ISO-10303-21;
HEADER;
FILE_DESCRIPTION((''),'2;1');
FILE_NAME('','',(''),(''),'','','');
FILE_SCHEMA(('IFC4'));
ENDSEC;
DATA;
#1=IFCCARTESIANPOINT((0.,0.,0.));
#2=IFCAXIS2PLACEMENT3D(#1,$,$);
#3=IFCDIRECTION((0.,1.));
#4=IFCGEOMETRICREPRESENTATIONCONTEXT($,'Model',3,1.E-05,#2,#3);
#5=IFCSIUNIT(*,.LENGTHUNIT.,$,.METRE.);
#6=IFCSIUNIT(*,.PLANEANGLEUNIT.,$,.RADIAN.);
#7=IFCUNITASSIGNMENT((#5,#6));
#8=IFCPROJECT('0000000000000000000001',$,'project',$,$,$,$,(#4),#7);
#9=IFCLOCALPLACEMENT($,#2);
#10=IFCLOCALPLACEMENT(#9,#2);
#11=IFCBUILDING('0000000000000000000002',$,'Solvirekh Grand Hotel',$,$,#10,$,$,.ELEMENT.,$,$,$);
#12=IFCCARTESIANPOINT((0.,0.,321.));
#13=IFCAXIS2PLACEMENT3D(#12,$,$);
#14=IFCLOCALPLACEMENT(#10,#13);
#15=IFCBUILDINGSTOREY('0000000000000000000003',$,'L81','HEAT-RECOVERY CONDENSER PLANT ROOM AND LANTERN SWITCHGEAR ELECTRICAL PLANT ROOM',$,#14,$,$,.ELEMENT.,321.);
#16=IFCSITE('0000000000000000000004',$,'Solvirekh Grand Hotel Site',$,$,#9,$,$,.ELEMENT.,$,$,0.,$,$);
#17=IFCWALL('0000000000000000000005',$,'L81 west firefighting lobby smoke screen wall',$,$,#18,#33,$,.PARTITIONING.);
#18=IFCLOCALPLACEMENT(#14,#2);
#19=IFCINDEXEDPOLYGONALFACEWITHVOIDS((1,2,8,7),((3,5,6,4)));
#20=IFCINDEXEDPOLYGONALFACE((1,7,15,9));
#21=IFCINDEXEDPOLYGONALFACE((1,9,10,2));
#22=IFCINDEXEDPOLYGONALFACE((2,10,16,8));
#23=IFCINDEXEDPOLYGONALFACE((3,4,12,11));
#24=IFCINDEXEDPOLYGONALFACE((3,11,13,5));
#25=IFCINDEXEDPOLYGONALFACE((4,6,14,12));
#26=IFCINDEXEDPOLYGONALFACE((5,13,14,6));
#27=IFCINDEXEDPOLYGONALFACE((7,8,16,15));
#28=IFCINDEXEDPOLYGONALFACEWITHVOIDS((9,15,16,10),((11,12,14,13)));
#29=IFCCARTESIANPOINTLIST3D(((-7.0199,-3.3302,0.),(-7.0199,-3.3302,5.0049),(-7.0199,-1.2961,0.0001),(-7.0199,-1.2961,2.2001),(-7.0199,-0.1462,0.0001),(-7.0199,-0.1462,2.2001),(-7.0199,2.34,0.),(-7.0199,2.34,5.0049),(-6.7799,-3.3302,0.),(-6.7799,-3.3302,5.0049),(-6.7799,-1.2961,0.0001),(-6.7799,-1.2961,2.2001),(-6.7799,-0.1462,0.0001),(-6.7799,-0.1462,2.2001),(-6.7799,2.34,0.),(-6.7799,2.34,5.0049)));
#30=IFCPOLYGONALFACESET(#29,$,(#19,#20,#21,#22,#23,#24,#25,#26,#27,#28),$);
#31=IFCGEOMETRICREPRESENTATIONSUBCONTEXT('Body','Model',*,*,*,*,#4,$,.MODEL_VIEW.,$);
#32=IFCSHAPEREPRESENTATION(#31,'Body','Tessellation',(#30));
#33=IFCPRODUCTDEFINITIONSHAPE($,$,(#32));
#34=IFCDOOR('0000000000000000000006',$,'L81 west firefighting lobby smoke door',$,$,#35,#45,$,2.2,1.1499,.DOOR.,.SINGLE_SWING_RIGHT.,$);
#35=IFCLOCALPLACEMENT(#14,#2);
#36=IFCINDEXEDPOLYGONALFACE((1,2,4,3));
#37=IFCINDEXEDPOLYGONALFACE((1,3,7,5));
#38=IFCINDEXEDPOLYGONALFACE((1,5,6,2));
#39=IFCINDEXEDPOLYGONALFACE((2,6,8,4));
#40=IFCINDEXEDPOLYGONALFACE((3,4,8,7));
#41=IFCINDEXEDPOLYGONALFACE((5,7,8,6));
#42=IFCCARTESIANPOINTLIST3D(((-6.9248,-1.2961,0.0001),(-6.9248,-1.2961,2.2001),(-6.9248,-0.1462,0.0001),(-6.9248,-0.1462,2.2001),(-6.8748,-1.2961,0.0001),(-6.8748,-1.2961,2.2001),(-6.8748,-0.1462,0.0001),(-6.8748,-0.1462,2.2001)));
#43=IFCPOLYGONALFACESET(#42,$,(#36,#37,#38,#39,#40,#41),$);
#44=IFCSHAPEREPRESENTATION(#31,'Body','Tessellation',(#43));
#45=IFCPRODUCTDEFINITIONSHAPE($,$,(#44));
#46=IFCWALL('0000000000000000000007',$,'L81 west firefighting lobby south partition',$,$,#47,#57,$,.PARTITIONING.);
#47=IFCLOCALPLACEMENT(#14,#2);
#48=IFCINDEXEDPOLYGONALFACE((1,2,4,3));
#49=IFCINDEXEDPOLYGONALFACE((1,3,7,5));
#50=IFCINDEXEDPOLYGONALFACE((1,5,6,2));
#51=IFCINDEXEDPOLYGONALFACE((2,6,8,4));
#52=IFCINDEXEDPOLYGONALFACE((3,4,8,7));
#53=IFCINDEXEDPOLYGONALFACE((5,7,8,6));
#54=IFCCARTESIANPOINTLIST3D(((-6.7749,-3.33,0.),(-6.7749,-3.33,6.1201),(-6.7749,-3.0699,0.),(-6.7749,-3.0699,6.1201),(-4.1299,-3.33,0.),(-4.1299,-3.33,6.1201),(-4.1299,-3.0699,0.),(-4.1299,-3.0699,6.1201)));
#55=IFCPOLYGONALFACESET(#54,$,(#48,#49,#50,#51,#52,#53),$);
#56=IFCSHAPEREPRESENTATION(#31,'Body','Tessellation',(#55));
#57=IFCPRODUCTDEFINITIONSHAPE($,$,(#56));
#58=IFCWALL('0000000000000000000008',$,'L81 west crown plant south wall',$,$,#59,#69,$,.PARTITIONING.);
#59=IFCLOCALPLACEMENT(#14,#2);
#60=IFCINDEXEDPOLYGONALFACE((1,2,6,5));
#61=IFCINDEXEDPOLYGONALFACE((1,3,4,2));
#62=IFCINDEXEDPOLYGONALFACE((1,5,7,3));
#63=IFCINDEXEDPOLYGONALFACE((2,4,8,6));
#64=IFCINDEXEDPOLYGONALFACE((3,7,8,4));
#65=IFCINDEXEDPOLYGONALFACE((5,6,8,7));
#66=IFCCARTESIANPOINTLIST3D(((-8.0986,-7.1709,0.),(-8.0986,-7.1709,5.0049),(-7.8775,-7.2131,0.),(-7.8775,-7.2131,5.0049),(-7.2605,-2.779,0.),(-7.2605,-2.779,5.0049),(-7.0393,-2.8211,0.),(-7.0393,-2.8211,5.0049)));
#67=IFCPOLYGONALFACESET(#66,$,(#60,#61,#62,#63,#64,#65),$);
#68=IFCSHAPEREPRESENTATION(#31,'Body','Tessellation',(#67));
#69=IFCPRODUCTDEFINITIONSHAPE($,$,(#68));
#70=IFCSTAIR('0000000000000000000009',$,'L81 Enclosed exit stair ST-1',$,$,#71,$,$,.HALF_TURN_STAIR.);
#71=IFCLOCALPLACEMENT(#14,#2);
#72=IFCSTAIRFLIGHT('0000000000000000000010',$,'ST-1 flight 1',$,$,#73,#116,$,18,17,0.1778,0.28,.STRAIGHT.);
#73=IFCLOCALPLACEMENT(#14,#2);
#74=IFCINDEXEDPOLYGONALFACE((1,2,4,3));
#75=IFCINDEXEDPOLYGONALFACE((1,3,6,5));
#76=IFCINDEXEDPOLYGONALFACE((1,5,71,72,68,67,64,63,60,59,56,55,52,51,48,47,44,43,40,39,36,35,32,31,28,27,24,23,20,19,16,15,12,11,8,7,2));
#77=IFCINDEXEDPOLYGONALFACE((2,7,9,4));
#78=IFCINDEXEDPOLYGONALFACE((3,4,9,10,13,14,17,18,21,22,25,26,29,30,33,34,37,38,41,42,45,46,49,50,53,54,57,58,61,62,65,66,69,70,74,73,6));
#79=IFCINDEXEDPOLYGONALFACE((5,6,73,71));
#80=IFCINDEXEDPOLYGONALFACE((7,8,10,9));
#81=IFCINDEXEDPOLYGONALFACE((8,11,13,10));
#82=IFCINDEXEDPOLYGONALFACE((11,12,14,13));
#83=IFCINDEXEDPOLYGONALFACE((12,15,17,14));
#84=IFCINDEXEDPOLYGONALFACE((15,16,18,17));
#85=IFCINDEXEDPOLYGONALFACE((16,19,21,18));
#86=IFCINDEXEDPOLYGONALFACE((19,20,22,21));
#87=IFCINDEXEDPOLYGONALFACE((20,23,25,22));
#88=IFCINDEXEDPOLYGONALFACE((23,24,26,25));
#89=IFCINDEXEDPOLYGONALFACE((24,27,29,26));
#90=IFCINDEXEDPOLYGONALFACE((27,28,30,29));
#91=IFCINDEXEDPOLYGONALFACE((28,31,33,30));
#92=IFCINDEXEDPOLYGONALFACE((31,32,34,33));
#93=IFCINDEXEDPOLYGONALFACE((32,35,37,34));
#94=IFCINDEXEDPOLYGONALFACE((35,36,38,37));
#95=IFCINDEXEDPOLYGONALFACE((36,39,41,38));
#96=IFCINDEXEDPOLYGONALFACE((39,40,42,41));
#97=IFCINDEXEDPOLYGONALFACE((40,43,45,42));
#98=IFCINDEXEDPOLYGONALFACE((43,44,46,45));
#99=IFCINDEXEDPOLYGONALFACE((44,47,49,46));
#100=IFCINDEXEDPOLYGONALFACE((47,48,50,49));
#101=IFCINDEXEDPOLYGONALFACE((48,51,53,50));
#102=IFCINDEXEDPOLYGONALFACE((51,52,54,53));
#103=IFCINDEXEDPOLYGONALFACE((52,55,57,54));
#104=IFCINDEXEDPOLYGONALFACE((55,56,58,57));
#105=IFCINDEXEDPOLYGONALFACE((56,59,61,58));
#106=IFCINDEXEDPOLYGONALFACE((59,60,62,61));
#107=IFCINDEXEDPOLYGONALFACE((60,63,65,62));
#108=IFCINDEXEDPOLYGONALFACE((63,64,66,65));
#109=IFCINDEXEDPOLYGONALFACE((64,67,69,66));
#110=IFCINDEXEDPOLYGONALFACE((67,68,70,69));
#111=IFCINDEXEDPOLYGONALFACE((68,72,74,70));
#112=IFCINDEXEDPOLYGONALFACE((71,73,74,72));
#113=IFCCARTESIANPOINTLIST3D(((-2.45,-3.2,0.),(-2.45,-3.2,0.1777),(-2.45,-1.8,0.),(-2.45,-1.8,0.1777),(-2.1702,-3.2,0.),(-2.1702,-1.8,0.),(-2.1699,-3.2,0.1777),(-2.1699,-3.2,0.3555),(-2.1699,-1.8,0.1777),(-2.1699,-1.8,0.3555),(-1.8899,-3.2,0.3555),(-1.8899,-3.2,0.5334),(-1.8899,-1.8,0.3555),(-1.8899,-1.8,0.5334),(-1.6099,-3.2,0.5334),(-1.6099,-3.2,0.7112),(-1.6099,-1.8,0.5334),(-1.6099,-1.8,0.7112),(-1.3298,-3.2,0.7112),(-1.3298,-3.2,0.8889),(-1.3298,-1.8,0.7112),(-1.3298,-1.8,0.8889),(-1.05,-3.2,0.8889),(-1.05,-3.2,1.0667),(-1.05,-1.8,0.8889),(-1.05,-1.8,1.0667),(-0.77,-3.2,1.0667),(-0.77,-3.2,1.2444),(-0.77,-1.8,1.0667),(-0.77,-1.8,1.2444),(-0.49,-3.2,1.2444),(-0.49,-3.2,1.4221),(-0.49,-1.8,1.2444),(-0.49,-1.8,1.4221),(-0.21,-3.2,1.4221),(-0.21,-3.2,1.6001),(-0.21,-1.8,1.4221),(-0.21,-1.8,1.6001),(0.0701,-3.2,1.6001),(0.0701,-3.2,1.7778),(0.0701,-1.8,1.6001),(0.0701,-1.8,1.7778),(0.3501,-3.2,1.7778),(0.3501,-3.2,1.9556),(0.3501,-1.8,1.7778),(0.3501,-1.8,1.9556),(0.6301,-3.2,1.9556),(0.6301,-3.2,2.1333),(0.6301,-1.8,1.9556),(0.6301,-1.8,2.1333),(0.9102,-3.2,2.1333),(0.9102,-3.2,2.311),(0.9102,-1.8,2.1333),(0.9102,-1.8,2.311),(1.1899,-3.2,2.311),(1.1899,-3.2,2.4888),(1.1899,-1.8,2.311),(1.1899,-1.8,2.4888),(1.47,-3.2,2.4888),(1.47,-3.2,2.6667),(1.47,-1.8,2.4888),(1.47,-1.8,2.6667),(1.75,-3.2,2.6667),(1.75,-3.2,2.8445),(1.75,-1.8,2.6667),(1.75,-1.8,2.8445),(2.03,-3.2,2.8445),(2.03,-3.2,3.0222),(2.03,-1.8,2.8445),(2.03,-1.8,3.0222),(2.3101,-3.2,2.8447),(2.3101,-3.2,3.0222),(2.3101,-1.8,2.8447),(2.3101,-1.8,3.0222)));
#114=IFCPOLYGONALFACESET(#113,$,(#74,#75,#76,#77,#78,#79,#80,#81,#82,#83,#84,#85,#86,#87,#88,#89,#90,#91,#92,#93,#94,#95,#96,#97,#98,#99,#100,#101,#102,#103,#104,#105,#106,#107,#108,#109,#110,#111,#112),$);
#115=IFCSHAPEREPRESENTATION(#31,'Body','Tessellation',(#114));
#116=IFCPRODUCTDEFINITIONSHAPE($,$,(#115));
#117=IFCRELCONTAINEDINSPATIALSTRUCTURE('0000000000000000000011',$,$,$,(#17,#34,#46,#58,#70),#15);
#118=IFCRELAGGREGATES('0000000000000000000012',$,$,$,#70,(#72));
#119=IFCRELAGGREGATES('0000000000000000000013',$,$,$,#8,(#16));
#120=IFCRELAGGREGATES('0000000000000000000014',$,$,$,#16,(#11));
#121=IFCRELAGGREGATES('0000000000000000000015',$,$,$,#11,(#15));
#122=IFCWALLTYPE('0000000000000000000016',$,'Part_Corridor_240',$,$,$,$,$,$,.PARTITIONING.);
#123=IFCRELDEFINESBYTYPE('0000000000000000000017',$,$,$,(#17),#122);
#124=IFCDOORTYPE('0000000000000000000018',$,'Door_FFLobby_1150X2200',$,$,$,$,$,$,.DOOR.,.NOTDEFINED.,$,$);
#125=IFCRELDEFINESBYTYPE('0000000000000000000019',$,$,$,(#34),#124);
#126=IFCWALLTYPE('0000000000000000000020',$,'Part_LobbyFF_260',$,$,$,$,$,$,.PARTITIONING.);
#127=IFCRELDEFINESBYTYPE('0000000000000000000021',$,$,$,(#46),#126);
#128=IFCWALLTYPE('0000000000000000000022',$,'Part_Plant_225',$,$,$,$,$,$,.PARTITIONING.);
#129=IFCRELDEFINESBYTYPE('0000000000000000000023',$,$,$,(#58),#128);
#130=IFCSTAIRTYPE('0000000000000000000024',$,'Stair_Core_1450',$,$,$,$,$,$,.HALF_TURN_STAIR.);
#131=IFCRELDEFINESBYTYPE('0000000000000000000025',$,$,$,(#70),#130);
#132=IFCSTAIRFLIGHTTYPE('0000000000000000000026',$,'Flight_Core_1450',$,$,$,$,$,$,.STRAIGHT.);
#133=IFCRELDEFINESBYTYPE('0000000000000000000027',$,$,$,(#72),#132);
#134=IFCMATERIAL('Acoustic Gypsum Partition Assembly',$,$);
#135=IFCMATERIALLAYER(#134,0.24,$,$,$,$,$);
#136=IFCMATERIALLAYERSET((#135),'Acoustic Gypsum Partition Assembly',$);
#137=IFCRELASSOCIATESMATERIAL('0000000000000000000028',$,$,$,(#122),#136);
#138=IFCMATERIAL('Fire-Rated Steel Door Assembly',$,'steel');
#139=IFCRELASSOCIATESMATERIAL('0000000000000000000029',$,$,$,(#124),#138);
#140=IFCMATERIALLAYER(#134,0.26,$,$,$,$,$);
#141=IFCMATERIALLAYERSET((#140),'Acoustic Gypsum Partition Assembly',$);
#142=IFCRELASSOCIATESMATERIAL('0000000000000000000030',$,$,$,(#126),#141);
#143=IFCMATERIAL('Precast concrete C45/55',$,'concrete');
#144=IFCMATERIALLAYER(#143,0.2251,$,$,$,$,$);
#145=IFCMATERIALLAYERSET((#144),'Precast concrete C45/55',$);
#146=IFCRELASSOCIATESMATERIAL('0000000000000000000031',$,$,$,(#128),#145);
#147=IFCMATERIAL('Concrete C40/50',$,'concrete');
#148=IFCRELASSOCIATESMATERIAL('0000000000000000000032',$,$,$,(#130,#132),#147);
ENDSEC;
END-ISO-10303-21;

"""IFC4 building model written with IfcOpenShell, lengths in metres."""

from ifc_helpers import new_model, si_unit, direction, frame, frame_2d, origin, place, context, subcontext, project, spatial, polyline, rectangle, outline, extrude, material, layer, layer_set, type_object, element, fill, aggregate, save


model = new_model("IFC4")

# Units and contexts
model_context = context("Model", 3, precision=1e-05, world=origin(), true_north=direction((0.0, 1.0)))
body_context = subcontext(model_context, "Body", "Model", "MODEL_VIEW")
ifc_project = project(units=[si_unit("LENGTHUNIT", "METRE"), si_unit("PLANEANGLEUNIT", "RADIAN")], contexts=[model_context])

# Site, building, storey
site_placement = place(None, origin())
site = spatial("IfcSite", under=ifc_project, at=site_placement, Name="Solvirekh Grand Hotel Site", CompositionType="ELEMENT", RefElevation=0.0)
building_placement = place(site_placement, origin())
building = spatial("IfcBuilding", under=site, at=building_placement, Name="Solvirekh Grand Hotel", CompositionType="ELEMENT")
storey_placement = place(building_placement, frame((0.0, 0.0, 321.0)))
storey = spatial("IfcBuildingStorey", under=building, at=storey_placement, Name="L81", Description="HEAT-RECOVERY CONDENSER PLANT ROOM AND LANTERN SWITCHGEAR ELECTRICAL PLANT ROOM", CompositionType="ELEMENT", Elevation=321.0)

# Shared definitions
ifc_material_1 = material(Name="Concrete C40/50", Category="concrete")
ifc_material_2 = material(Name="Fire-Rated Steel Door Assembly", Category="steel")

# Wall, opening, door
ifc_material_3 = material(Name="Acoustic Gypsum Partition Assembly")
ifc_layer_1 = layer(ifc_material_3, 0.24)
ifc_layer_set_1 = layer_set([ifc_layer_1], Name="Acoustic Gypsum Partition Assembly")
wall_type_1 = type_object("IfcWallType", Name="Part_Corridor_240", PredefinedType="PARTITIONING", material=ifc_layer_set_1)
wall_1_placement = place(storey_placement, frame((-6.8999, -3.3301, 0.0), z_axis=(0.0, 0.0, 1.0), x_axis=(0.0, 1.0, 0.0)))
wall_1 = element("IfcWall", 1, at=wall_1_placement, inside=storey, type_object=wall_type_1, Name="L81 west firefighting lobby smoke screen wall", PredefinedType="PARTITIONING", context=body_context, shape_type="SweptSolid", body=[
    extrude(rectangle(XDim=5.6702, YDim=0.24, at=frame_2d((2.835, 0.0))), origin(), (0.0, 0.0, 1.0), 5.0049),
])
opening_1_placement = place(wall_1_placement, frame((2.0339, 0.0, 0.0)))
opening_1 = element("IfcOpeningElement", 2, at=opening_1_placement, cuts=wall_1, PredefinedType="OPENING", context=body_context, shape_type="SweptSolid", body=[
    extrude(rectangle(XDim=1.1499, YDim=2.2, at=frame_2d((0.575, 1.1001))), frame((0.0, 0.1299, 0.0), z_axis=(0.0, -1.0, 0.0), x_axis=(1.0, 0.0, 0.0)), (0.0, 0.0, 1.0), 0.26),
])
door_type_1 = type_object("IfcDoorType", Name="Door_FFLobby_1150X2200", OperationType="NOTDEFINED", PredefinedType="DOOR", material=ifc_material_2)
door_1_placement = place(opening_1_placement, origin())
door_1 = element("IfcDoor", 3, at=door_1_placement, inside=storey, type_object=door_type_1, Name="L81 west firefighting lobby smoke door", OperationType="SINGLE_SWING_RIGHT", OverallHeight=2.2, OverallWidth=1.1499, PredefinedType="DOOR", context=body_context, shape_type="SweptSolid", body=[
    extrude(rectangle(XDim=1.1499, YDim=2.2, at=frame_2d((0.575, 1.1001))), frame((0.0, 0.0249, 0.0), z_axis=(0.0, -1.0, 0.0), x_axis=(1.0, 0.0, 0.0)), (0.0, 0.0, 1.0), 0.05),
])
fill(opening_1, door_1)

# Walls
ifc_layer_2 = layer(ifc_material_3, 0.26)
ifc_layer_set_2 = layer_set([ifc_layer_2], Name="Acoustic Gypsum Partition Assembly")
wall_type_2 = type_object("IfcWallType", Name="Part_LobbyFF_260", PredefinedType="PARTITIONING", material=ifc_layer_set_2)
wall_2_placement = place(storey_placement, frame((-6.7749, -3.2, 0.0), z_axis=(0.0, 0.0, 1.0), x_axis=(1.0, 0.0, 0.0)))
element("IfcWall", 4, at=wall_2_placement, inside=storey, type_object=wall_type_2, Name="L81 west firefighting lobby south partition", PredefinedType="PARTITIONING", context=body_context, shape_type="SweptSolid", body=[
    extrude(rectangle(XDim=2.645, YDim=0.26, at=frame_2d((1.3225, 0.0))), origin(), (0.0, 0.0, 1.0), 6.1201),
])
ifc_material_4 = material(Name="Precast concrete C45/55", Category="concrete")
ifc_layer_3 = layer(ifc_material_4, 0.2251)
ifc_layer_set_3 = layer_set([ifc_layer_3], Name="Precast concrete C45/55")
wall_type_3 = type_object("IfcWallType", Name="Part_Plant_225", PredefinedType="PARTITIONING", material=ifc_layer_set_3)
wall_3_placement = place(storey_placement, frame((-7.1499, -2.8, 0.0), z_axis=(0.0, 0.0, 1.0), x_axis=(-0.187456, -0.982273, 0.0)))
element("IfcWall", 5, at=wall_3_placement, inside=storey, type_object=wall_type_3, Name="L81 west crown plant south wall", PredefinedType="PARTITIONING", context=body_context, shape_type="SweptSolid", body=[
    extrude(rectangle(XDim=4.4712, YDim=0.2251, at=frame_2d((2.2356, 0.0))), origin(), (0.0, 0.0, 1.0), 5.0049),
])

# Stair, stair flight
stair_type = type_object("IfcStairType", Name="Stair_Core_1450", PredefinedType="HALF_TURN_STAIR", material=ifc_material_1)
stair_placement = place(storey_placement, origin())
stair = element("IfcStair", 6, at=stair_placement, inside=storey, type_object=stair_type, Name="L81 Enclosed exit stair ST-1", PredefinedType="HALF_TURN_STAIR")
stair_flight_type = type_object("IfcStairFlightType", Name="Flight_Core_1450", PredefinedType="STRAIGHT", material=ifc_material_1)
stair_flight_placement = place(storey_placement, frame((-2.45, -2.5, 0.0), z_axis=(0.0, 0.0, 1.0), x_axis=(1.0, 0.0, 0.0)))
stair_flight = element("IfcStairFlight", 7, at=stair_flight_placement, type_object=stair_flight_type, Name="ST-1 flight 1", NumberOfRisers=18, NumberOfTreads=17, PredefinedType="STRAIGHT", RiserHeight=0.1778, TreadLength=0.28, context=body_context, shape_type="SweptSolid", body=[
    extrude(outline(polyline([(0.0, 0.0), (0.0, 0.1777), (0.28, 0.1777), (0.28, 0.3555), (0.5601, 0.3555), (0.5601, 0.5334), (0.8401, 0.5334), (0.8401, 0.7112), (1.1201, 0.7112), (1.1201, 0.8889), (1.3999, 0.8889), (1.3999, 1.0667), (1.6799, 1.0667), (1.6799, 1.2444), (1.96, 1.2444), (1.96, 1.4221), (2.24, 1.4221), (2.24, 1.6001), (2.52, 1.6001), (2.52, 1.7778), (2.8, 1.7778), (2.8, 1.9556), (3.0801, 1.9556), (3.0801, 2.1333), (3.3601, 2.1333), (3.3601, 2.311), (3.6399, 2.311), (3.6399, 2.4888), (3.9199, 2.4888), (3.9199, 2.6667), (4.2, 2.6667), (4.2, 2.8445), (4.48, 2.8445), (4.48, 3.0222), (4.76, 3.0222), (4.76, 3.2), (4.76, 2.8447), (0.2798, 0.0), (0.0, 0.0)])), frame((0.0, 0.7, 0.0), z_axis=(0.0, -1.0, 0.0), x_axis=(1.0, 0.0, 0.0)), (0.0, 0.0, 1.0), 1.3999),
])
aggregate(stair, [stair_flight])

save(model, "model.ifc")
